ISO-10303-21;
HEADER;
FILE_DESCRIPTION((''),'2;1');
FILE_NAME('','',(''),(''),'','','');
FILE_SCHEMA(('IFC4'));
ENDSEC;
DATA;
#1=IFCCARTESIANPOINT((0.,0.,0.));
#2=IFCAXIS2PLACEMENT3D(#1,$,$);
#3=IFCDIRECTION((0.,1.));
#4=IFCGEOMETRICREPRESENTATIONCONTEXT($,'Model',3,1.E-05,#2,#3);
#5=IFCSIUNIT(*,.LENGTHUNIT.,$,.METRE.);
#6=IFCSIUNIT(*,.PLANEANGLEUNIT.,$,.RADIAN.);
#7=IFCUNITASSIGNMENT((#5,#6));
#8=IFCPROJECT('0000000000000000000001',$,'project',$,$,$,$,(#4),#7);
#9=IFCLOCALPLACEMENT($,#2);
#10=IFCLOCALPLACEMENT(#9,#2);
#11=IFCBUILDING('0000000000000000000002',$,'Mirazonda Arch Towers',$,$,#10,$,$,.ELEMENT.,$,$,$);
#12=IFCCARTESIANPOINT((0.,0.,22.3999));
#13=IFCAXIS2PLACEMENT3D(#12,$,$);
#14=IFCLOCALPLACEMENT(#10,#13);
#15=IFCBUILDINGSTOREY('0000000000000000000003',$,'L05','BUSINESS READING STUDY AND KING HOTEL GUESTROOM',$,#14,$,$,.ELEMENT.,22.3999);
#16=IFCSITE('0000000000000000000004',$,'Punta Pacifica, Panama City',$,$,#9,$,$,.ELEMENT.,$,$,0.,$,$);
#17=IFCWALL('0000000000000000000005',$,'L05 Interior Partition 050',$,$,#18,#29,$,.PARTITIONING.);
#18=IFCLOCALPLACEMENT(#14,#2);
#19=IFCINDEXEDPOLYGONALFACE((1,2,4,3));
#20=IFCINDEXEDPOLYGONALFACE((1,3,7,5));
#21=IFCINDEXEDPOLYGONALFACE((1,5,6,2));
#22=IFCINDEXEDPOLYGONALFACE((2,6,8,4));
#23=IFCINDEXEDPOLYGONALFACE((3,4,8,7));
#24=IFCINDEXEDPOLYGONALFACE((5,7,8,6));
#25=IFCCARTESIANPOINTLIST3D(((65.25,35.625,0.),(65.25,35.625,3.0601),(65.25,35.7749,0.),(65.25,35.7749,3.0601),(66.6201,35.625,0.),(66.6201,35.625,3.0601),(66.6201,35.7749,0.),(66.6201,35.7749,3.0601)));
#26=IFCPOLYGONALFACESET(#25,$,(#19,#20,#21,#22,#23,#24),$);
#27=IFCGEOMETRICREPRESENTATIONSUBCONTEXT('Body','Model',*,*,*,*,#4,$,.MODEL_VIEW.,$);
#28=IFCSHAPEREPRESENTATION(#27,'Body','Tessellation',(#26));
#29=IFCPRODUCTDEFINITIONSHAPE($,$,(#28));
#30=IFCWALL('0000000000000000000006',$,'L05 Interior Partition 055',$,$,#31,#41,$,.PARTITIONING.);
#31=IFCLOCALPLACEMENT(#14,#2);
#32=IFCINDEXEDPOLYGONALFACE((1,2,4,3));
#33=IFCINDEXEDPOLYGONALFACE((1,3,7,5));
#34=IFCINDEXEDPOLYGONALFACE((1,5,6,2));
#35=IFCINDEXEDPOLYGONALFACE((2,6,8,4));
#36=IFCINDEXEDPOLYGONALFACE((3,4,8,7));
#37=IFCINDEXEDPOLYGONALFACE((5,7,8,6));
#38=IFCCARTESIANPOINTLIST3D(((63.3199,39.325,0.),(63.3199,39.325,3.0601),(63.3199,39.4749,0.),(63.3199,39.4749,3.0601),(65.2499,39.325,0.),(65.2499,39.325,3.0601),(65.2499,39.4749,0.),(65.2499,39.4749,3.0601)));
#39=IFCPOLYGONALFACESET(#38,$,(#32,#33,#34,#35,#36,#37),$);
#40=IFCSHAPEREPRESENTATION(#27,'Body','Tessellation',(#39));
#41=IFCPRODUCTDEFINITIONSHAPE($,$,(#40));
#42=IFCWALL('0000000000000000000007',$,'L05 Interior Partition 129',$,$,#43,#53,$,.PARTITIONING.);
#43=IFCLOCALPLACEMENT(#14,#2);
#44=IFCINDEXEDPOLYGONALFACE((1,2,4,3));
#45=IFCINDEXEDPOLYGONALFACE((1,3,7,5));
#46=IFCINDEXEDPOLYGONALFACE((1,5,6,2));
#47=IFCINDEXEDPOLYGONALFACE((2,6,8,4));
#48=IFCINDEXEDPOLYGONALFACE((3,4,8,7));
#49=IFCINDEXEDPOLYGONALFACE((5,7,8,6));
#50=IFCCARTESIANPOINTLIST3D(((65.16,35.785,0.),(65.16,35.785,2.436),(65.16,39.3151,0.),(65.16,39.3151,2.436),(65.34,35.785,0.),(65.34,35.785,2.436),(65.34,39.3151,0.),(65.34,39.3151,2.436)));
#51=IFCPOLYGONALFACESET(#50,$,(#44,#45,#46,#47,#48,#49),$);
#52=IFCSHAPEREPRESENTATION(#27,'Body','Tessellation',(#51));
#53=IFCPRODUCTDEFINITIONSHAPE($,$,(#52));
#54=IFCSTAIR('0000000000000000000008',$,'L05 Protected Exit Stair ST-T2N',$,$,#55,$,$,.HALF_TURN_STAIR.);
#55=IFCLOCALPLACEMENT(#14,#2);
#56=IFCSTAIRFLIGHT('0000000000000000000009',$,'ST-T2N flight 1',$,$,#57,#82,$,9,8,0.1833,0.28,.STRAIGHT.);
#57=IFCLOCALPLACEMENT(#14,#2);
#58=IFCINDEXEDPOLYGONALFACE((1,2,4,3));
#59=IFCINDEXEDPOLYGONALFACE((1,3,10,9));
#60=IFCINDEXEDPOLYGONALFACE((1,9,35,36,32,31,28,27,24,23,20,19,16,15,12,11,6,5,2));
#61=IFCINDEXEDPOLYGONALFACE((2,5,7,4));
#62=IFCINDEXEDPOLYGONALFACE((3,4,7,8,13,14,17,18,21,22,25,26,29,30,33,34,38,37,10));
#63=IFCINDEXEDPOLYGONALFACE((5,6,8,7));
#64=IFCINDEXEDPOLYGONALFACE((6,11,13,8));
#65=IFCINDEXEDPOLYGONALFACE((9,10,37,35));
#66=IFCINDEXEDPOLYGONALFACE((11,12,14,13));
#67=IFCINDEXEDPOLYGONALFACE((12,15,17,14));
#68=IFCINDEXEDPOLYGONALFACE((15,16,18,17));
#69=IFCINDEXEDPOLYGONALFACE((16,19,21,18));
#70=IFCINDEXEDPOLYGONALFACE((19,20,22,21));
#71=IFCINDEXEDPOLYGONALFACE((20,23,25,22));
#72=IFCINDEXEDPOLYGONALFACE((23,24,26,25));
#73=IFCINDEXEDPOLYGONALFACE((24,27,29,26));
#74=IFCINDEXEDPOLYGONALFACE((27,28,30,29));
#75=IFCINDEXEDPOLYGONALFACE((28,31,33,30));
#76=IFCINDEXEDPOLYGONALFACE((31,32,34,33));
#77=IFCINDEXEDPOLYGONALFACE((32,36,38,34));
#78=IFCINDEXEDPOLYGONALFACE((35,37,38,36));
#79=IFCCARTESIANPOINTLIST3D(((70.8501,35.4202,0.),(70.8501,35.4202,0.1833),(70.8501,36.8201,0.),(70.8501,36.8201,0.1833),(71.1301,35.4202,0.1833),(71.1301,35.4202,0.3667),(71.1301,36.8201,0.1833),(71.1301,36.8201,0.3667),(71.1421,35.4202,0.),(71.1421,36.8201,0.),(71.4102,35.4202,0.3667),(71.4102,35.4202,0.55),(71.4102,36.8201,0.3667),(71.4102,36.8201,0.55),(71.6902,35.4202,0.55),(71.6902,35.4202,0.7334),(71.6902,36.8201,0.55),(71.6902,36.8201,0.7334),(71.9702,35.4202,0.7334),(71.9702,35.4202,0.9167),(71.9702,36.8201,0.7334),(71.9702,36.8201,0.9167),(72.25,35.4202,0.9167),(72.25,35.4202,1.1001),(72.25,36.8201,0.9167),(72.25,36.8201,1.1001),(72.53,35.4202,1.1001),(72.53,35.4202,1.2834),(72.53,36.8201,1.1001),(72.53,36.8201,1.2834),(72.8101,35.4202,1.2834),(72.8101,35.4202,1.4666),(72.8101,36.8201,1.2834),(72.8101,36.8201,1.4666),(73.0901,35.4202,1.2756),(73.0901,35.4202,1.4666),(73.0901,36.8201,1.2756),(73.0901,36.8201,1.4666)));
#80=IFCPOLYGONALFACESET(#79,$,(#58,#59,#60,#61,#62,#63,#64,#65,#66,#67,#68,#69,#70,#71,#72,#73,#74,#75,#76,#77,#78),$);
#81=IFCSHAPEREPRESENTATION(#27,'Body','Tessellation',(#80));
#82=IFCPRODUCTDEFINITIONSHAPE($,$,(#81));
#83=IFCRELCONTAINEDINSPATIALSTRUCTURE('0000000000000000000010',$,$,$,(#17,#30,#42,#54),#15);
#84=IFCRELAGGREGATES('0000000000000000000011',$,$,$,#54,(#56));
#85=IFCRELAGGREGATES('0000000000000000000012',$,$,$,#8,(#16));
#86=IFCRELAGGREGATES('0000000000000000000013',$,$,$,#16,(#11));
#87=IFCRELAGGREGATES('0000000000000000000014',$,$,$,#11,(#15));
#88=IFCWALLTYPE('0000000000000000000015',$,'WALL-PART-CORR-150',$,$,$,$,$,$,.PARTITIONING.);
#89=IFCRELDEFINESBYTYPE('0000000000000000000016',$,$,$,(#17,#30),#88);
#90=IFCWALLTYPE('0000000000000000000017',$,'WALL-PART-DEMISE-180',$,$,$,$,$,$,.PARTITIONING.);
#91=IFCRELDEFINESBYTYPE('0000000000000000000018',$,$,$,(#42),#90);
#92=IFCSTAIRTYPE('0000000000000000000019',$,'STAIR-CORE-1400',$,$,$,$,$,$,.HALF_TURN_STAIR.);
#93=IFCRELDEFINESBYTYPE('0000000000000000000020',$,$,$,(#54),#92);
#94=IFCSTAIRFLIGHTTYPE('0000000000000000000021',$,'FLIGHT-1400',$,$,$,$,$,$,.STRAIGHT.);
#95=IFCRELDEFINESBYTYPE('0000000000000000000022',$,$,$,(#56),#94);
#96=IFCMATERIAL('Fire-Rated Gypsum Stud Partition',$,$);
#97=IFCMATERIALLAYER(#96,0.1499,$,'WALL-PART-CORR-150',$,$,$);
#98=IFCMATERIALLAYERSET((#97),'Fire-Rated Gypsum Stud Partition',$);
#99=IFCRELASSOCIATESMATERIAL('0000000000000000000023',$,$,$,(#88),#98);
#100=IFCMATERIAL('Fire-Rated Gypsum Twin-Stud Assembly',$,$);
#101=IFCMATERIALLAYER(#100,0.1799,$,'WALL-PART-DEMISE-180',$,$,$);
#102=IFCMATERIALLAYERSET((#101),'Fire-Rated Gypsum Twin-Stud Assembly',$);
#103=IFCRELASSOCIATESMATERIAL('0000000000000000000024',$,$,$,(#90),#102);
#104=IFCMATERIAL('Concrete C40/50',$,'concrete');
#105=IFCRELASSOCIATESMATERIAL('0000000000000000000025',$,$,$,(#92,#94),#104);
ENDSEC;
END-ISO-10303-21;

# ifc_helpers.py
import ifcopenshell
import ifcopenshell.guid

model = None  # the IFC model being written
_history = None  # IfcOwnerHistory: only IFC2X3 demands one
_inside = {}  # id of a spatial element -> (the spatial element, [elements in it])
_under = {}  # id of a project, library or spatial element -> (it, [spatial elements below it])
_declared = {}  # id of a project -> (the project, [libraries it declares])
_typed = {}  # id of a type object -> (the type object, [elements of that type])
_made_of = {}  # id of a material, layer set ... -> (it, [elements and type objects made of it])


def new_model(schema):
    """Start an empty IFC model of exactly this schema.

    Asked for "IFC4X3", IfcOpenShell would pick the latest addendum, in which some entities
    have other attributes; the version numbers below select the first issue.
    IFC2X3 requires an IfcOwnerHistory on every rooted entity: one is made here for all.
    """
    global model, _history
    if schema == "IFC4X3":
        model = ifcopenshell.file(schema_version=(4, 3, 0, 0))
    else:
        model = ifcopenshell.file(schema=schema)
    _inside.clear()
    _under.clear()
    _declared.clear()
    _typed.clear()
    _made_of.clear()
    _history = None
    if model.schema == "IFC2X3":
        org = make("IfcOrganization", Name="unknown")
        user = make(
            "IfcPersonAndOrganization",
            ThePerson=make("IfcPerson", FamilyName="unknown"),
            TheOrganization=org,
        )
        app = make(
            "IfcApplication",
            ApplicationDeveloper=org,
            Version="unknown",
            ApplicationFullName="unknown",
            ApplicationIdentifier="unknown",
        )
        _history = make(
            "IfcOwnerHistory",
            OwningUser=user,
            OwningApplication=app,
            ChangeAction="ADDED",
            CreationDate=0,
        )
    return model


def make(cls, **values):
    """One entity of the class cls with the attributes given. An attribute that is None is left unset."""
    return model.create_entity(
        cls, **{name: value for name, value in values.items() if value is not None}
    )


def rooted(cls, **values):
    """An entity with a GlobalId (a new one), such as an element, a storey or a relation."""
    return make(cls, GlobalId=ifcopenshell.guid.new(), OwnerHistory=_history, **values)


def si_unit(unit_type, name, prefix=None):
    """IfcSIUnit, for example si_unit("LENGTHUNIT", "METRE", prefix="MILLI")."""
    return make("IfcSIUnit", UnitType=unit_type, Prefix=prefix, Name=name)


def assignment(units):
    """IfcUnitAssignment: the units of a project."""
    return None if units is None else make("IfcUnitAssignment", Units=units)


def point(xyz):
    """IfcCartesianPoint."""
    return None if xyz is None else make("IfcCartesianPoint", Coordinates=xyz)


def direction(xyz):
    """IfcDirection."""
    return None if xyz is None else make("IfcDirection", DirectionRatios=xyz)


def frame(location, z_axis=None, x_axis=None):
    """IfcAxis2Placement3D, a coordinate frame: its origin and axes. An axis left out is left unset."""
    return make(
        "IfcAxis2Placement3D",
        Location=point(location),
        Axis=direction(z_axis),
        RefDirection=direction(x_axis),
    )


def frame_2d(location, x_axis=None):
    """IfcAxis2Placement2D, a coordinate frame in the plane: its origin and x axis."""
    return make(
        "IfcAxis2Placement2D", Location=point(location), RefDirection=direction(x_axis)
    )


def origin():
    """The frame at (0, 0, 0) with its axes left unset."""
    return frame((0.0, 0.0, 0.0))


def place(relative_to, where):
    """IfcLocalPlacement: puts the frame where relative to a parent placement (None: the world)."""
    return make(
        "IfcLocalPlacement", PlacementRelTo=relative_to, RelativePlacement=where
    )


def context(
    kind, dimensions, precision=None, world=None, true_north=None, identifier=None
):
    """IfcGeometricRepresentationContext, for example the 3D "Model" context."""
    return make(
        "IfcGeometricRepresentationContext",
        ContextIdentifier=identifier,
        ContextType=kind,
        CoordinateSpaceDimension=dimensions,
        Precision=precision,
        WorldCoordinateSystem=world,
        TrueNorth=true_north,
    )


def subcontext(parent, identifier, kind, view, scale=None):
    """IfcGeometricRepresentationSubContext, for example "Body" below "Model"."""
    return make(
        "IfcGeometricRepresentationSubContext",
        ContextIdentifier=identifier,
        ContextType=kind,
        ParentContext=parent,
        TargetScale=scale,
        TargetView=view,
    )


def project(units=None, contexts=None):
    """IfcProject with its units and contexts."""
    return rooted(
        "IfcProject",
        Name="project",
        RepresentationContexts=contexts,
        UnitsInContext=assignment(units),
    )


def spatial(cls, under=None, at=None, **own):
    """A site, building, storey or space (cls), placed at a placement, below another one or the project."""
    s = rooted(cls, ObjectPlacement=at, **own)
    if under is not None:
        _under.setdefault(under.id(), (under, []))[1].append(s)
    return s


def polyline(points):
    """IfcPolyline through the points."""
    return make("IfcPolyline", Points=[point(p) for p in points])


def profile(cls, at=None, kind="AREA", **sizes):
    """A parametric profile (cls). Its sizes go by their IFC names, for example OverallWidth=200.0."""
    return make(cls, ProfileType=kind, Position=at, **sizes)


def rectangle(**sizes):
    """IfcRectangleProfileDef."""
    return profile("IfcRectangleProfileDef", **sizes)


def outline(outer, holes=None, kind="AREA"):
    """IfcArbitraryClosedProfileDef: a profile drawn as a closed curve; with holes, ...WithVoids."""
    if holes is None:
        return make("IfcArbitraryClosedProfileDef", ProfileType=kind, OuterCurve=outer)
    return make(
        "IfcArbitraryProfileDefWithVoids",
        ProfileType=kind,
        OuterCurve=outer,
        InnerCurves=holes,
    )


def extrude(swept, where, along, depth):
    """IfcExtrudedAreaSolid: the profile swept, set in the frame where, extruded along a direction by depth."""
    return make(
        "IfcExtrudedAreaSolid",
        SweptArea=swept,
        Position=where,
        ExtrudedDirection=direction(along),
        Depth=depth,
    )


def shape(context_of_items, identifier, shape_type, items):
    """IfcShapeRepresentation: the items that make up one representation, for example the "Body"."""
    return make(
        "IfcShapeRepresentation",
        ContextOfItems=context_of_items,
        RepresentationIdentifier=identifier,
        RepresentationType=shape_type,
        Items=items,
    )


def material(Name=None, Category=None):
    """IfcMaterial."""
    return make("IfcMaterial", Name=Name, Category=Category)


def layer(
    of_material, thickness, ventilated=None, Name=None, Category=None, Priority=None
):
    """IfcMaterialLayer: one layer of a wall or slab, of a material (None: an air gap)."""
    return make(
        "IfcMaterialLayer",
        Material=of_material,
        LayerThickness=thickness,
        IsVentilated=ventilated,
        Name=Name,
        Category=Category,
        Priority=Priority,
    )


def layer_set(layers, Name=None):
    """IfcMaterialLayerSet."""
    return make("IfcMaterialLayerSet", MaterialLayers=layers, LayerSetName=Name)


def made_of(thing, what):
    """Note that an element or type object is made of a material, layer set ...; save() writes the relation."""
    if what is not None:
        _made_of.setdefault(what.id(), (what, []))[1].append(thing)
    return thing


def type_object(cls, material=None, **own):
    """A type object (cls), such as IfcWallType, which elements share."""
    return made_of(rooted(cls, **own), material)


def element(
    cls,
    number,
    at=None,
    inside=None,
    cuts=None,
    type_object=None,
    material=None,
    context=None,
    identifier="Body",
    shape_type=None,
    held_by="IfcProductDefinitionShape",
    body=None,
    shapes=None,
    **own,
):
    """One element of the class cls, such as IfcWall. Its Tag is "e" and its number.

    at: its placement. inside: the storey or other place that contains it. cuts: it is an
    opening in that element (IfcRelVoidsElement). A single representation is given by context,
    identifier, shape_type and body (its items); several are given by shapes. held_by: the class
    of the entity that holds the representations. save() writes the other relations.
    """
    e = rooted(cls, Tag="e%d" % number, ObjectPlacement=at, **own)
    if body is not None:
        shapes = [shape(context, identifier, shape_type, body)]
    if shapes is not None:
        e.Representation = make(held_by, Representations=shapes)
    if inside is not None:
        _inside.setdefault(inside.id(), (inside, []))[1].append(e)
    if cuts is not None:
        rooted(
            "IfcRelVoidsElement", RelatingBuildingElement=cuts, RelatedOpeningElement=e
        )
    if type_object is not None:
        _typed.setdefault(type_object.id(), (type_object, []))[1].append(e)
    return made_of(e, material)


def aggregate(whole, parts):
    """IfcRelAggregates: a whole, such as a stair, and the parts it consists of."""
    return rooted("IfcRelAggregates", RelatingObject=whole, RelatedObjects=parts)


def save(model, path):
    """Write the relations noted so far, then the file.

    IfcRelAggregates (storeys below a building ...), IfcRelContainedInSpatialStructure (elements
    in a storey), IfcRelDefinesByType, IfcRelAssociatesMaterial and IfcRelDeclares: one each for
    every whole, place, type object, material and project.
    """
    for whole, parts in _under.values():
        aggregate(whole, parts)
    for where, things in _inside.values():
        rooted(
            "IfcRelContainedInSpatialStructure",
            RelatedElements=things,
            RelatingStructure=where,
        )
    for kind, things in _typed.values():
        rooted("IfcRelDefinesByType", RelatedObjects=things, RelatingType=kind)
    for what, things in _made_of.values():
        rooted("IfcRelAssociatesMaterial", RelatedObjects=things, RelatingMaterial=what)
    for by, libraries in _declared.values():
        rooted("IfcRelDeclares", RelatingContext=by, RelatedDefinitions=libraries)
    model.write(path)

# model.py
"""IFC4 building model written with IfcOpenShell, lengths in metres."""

from ifc_helpers import new_model, si_unit, direction, frame, frame_2d, origin, place, context, subcontext, project, spatial, polyline, rectangle, outline, extrude, material, layer, layer_set, type_object, element, aggregate, save


model = new_model("IFC4")

# Units and contexts
model_context = context("Model", 3, precision=1e-05, world=origin(), true_north=direction((0.0, 1.0)))
body_context = subcontext(model_context, "Body", "Model", "MODEL_VIEW")
ifc_project = project(units=[si_unit("LENGTHUNIT", "METRE"), si_unit("PLANEANGLEUNIT", "RADIAN")], contexts=[model_context])

# Site, building, storey
site_placement = place(None, origin())
site = spatial("IfcSite", under=ifc_project, at=site_placement, Name="Punta Pacifica, Panama City", CompositionType="ELEMENT", RefElevation=0.0)
building_placement = place(site_placement, origin())
building = spatial("IfcBuilding", under=site, at=building_placement, Name="Mirazonda Arch Towers", CompositionType="ELEMENT")
storey_placement = place(building_placement, frame((0.0, 0.0, 22.3999)))
storey = spatial("IfcBuildingStorey", under=building, at=storey_placement, Name="L05", Description="BUSINESS READING STUDY AND KING HOTEL GUESTROOM", CompositionType="ELEMENT", Elevation=22.3999)

# Walls
ifc_material_1 = material(Name="Fire-Rated Gypsum Stud Partition")
ifc_layer_1 = layer(ifc_material_1, 0.1499, Name="WALL-PART-CORR-150")
ifc_layer_set_1 = layer_set([ifc_layer_1], Name="Fire-Rated Gypsum Stud Partition")
wall_type_1 = type_object("IfcWallType", Name="WALL-PART-CORR-150", PredefinedType="PARTITIONING", material=ifc_layer_set_1)
wall_1_placement = place(storey_placement, frame((65.25, 35.7, 0.0), z_axis=(0.0, 0.0, 1.0), x_axis=(1.0, 0.0, 0.0)))
element("IfcWall", 1, at=wall_1_placement, inside=storey, type_object=wall_type_1, Name="L05 Interior Partition 050", PredefinedType="PARTITIONING", context=body_context, shape_type="SweptSolid", body=[
    extrude(rectangle(XDim=1.3701, YDim=0.1499, at=frame_2d((0.6851, 0.0))), origin(), (0.0, 0.0, 1.0), 3.0601),
])
wall_2_placement = place(storey_placement, frame((63.3201, 39.3999, 0.0), z_axis=(0.0, 0.0, 1.0), x_axis=(1.0, 0.0, 0.0)))
element("IfcWall", 2, at=wall_2_placement, inside=storey, type_object=wall_type_1, Name="L05 Interior Partition 055", PredefinedType="PARTITIONING", context=body_context, shape_type="SweptSolid", body=[
    extrude(rectangle(XDim=1.9299, YDim=0.1499, at=frame_2d((0.9648, 0.0))), origin(), (0.0, 0.0, 1.0), 3.0601),
])
ifc_material_2 = material(Name="Fire-Rated Gypsum Twin-Stud Assembly")
ifc_layer_2 = layer(ifc_material_2, 0.1799, Name="WALL-PART-DEMISE-180")
ifc_layer_set_2 = layer_set([ifc_layer_2], Name="Fire-Rated Gypsum Twin-Stud Assembly")
wall_type_2 = type_object("IfcWallType", Name="WALL-PART-DEMISE-180", PredefinedType="PARTITIONING", material=ifc_layer_set_2)
wall_3_placement = place(storey_placement, frame((65.25, 35.7849, 0.0), z_axis=(0.0, 0.0, 1.0), x_axis=(0.0, 1.0, 0.0)))
element("IfcWall", 3, at=wall_3_placement, inside=storey, type_object=wall_type_2, Name="L05 Interior Partition 129", PredefinedType="PARTITIONING", context=body_context, shape_type="SweptSolid", body=[
    extrude(rectangle(XDim=3.53, YDim=0.1799, at=frame_2d((1.7651, 0.0))), origin(), (0.0, 0.0, 1.0), 2.436),
])

# Stair, stair flight
ifc_material_3 = material(Name="Concrete C40/50", Category="concrete")
stair_type = type_object("IfcStairType", Name="STAIR-CORE-1400", PredefinedType="HALF_TURN_STAIR", material=ifc_material_3)
stair_placement = place(storey_placement, origin())
stair = element("IfcStair", 4, at=stair_placement, inside=storey, type_object=stair_type, Name="L05 Protected Exit Stair ST-T2N", PredefinedType="HALF_TURN_STAIR")
stair_flight_type = type_object("IfcStairFlightType", Name="FLIGHT-1400", PredefinedType="STRAIGHT", material=ifc_material_3)
stair_flight_placement = place(storey_placement, frame((70.8501, 36.1201, 0.0), z_axis=(0.0, 0.0, 1.0), x_axis=(1.0, 0.0, 0.0)))
stair_flight = element("IfcStairFlight", 5, at=stair_flight_placement, type_object=stair_flight_type, Name="ST-T2N flight 1", NumberOfRisers=9, NumberOfTreads=8, PredefinedType="STRAIGHT", RiserHeight=0.1833, TreadLength=0.28, context=body_context, shape_type="SweptSolid", body=[
    extrude(outline(polyline([(0.0, 0.0), (0.0, 0.1833), (0.28, 0.1833), (0.28, 0.3667), (0.5601, 0.3667), (0.5601, 0.55), (0.8401, 0.55), (0.8401, 0.7334), (1.1201, 0.7334), (1.1201, 0.9167), (1.3999, 0.9167), (1.3999, 1.1001), (1.6799, 1.1001), (1.6799, 1.2834), (1.96, 1.2834), (1.96, 1.4666), (2.24, 1.4666), (2.24, 1.6499), (2.24, 1.2756), (0.292, 0.0), (0.0, 0.0)])), frame((0.0, 0.7, 0.0), z_axis=(0.0, -1.0, 0.0), x_axis=(1.0, 0.0, 0.0)), (0.0, 0.0, 1.0), 1.3999),
])
aggregate(stair, [stair_flight])

save(model, "model.ifc")
